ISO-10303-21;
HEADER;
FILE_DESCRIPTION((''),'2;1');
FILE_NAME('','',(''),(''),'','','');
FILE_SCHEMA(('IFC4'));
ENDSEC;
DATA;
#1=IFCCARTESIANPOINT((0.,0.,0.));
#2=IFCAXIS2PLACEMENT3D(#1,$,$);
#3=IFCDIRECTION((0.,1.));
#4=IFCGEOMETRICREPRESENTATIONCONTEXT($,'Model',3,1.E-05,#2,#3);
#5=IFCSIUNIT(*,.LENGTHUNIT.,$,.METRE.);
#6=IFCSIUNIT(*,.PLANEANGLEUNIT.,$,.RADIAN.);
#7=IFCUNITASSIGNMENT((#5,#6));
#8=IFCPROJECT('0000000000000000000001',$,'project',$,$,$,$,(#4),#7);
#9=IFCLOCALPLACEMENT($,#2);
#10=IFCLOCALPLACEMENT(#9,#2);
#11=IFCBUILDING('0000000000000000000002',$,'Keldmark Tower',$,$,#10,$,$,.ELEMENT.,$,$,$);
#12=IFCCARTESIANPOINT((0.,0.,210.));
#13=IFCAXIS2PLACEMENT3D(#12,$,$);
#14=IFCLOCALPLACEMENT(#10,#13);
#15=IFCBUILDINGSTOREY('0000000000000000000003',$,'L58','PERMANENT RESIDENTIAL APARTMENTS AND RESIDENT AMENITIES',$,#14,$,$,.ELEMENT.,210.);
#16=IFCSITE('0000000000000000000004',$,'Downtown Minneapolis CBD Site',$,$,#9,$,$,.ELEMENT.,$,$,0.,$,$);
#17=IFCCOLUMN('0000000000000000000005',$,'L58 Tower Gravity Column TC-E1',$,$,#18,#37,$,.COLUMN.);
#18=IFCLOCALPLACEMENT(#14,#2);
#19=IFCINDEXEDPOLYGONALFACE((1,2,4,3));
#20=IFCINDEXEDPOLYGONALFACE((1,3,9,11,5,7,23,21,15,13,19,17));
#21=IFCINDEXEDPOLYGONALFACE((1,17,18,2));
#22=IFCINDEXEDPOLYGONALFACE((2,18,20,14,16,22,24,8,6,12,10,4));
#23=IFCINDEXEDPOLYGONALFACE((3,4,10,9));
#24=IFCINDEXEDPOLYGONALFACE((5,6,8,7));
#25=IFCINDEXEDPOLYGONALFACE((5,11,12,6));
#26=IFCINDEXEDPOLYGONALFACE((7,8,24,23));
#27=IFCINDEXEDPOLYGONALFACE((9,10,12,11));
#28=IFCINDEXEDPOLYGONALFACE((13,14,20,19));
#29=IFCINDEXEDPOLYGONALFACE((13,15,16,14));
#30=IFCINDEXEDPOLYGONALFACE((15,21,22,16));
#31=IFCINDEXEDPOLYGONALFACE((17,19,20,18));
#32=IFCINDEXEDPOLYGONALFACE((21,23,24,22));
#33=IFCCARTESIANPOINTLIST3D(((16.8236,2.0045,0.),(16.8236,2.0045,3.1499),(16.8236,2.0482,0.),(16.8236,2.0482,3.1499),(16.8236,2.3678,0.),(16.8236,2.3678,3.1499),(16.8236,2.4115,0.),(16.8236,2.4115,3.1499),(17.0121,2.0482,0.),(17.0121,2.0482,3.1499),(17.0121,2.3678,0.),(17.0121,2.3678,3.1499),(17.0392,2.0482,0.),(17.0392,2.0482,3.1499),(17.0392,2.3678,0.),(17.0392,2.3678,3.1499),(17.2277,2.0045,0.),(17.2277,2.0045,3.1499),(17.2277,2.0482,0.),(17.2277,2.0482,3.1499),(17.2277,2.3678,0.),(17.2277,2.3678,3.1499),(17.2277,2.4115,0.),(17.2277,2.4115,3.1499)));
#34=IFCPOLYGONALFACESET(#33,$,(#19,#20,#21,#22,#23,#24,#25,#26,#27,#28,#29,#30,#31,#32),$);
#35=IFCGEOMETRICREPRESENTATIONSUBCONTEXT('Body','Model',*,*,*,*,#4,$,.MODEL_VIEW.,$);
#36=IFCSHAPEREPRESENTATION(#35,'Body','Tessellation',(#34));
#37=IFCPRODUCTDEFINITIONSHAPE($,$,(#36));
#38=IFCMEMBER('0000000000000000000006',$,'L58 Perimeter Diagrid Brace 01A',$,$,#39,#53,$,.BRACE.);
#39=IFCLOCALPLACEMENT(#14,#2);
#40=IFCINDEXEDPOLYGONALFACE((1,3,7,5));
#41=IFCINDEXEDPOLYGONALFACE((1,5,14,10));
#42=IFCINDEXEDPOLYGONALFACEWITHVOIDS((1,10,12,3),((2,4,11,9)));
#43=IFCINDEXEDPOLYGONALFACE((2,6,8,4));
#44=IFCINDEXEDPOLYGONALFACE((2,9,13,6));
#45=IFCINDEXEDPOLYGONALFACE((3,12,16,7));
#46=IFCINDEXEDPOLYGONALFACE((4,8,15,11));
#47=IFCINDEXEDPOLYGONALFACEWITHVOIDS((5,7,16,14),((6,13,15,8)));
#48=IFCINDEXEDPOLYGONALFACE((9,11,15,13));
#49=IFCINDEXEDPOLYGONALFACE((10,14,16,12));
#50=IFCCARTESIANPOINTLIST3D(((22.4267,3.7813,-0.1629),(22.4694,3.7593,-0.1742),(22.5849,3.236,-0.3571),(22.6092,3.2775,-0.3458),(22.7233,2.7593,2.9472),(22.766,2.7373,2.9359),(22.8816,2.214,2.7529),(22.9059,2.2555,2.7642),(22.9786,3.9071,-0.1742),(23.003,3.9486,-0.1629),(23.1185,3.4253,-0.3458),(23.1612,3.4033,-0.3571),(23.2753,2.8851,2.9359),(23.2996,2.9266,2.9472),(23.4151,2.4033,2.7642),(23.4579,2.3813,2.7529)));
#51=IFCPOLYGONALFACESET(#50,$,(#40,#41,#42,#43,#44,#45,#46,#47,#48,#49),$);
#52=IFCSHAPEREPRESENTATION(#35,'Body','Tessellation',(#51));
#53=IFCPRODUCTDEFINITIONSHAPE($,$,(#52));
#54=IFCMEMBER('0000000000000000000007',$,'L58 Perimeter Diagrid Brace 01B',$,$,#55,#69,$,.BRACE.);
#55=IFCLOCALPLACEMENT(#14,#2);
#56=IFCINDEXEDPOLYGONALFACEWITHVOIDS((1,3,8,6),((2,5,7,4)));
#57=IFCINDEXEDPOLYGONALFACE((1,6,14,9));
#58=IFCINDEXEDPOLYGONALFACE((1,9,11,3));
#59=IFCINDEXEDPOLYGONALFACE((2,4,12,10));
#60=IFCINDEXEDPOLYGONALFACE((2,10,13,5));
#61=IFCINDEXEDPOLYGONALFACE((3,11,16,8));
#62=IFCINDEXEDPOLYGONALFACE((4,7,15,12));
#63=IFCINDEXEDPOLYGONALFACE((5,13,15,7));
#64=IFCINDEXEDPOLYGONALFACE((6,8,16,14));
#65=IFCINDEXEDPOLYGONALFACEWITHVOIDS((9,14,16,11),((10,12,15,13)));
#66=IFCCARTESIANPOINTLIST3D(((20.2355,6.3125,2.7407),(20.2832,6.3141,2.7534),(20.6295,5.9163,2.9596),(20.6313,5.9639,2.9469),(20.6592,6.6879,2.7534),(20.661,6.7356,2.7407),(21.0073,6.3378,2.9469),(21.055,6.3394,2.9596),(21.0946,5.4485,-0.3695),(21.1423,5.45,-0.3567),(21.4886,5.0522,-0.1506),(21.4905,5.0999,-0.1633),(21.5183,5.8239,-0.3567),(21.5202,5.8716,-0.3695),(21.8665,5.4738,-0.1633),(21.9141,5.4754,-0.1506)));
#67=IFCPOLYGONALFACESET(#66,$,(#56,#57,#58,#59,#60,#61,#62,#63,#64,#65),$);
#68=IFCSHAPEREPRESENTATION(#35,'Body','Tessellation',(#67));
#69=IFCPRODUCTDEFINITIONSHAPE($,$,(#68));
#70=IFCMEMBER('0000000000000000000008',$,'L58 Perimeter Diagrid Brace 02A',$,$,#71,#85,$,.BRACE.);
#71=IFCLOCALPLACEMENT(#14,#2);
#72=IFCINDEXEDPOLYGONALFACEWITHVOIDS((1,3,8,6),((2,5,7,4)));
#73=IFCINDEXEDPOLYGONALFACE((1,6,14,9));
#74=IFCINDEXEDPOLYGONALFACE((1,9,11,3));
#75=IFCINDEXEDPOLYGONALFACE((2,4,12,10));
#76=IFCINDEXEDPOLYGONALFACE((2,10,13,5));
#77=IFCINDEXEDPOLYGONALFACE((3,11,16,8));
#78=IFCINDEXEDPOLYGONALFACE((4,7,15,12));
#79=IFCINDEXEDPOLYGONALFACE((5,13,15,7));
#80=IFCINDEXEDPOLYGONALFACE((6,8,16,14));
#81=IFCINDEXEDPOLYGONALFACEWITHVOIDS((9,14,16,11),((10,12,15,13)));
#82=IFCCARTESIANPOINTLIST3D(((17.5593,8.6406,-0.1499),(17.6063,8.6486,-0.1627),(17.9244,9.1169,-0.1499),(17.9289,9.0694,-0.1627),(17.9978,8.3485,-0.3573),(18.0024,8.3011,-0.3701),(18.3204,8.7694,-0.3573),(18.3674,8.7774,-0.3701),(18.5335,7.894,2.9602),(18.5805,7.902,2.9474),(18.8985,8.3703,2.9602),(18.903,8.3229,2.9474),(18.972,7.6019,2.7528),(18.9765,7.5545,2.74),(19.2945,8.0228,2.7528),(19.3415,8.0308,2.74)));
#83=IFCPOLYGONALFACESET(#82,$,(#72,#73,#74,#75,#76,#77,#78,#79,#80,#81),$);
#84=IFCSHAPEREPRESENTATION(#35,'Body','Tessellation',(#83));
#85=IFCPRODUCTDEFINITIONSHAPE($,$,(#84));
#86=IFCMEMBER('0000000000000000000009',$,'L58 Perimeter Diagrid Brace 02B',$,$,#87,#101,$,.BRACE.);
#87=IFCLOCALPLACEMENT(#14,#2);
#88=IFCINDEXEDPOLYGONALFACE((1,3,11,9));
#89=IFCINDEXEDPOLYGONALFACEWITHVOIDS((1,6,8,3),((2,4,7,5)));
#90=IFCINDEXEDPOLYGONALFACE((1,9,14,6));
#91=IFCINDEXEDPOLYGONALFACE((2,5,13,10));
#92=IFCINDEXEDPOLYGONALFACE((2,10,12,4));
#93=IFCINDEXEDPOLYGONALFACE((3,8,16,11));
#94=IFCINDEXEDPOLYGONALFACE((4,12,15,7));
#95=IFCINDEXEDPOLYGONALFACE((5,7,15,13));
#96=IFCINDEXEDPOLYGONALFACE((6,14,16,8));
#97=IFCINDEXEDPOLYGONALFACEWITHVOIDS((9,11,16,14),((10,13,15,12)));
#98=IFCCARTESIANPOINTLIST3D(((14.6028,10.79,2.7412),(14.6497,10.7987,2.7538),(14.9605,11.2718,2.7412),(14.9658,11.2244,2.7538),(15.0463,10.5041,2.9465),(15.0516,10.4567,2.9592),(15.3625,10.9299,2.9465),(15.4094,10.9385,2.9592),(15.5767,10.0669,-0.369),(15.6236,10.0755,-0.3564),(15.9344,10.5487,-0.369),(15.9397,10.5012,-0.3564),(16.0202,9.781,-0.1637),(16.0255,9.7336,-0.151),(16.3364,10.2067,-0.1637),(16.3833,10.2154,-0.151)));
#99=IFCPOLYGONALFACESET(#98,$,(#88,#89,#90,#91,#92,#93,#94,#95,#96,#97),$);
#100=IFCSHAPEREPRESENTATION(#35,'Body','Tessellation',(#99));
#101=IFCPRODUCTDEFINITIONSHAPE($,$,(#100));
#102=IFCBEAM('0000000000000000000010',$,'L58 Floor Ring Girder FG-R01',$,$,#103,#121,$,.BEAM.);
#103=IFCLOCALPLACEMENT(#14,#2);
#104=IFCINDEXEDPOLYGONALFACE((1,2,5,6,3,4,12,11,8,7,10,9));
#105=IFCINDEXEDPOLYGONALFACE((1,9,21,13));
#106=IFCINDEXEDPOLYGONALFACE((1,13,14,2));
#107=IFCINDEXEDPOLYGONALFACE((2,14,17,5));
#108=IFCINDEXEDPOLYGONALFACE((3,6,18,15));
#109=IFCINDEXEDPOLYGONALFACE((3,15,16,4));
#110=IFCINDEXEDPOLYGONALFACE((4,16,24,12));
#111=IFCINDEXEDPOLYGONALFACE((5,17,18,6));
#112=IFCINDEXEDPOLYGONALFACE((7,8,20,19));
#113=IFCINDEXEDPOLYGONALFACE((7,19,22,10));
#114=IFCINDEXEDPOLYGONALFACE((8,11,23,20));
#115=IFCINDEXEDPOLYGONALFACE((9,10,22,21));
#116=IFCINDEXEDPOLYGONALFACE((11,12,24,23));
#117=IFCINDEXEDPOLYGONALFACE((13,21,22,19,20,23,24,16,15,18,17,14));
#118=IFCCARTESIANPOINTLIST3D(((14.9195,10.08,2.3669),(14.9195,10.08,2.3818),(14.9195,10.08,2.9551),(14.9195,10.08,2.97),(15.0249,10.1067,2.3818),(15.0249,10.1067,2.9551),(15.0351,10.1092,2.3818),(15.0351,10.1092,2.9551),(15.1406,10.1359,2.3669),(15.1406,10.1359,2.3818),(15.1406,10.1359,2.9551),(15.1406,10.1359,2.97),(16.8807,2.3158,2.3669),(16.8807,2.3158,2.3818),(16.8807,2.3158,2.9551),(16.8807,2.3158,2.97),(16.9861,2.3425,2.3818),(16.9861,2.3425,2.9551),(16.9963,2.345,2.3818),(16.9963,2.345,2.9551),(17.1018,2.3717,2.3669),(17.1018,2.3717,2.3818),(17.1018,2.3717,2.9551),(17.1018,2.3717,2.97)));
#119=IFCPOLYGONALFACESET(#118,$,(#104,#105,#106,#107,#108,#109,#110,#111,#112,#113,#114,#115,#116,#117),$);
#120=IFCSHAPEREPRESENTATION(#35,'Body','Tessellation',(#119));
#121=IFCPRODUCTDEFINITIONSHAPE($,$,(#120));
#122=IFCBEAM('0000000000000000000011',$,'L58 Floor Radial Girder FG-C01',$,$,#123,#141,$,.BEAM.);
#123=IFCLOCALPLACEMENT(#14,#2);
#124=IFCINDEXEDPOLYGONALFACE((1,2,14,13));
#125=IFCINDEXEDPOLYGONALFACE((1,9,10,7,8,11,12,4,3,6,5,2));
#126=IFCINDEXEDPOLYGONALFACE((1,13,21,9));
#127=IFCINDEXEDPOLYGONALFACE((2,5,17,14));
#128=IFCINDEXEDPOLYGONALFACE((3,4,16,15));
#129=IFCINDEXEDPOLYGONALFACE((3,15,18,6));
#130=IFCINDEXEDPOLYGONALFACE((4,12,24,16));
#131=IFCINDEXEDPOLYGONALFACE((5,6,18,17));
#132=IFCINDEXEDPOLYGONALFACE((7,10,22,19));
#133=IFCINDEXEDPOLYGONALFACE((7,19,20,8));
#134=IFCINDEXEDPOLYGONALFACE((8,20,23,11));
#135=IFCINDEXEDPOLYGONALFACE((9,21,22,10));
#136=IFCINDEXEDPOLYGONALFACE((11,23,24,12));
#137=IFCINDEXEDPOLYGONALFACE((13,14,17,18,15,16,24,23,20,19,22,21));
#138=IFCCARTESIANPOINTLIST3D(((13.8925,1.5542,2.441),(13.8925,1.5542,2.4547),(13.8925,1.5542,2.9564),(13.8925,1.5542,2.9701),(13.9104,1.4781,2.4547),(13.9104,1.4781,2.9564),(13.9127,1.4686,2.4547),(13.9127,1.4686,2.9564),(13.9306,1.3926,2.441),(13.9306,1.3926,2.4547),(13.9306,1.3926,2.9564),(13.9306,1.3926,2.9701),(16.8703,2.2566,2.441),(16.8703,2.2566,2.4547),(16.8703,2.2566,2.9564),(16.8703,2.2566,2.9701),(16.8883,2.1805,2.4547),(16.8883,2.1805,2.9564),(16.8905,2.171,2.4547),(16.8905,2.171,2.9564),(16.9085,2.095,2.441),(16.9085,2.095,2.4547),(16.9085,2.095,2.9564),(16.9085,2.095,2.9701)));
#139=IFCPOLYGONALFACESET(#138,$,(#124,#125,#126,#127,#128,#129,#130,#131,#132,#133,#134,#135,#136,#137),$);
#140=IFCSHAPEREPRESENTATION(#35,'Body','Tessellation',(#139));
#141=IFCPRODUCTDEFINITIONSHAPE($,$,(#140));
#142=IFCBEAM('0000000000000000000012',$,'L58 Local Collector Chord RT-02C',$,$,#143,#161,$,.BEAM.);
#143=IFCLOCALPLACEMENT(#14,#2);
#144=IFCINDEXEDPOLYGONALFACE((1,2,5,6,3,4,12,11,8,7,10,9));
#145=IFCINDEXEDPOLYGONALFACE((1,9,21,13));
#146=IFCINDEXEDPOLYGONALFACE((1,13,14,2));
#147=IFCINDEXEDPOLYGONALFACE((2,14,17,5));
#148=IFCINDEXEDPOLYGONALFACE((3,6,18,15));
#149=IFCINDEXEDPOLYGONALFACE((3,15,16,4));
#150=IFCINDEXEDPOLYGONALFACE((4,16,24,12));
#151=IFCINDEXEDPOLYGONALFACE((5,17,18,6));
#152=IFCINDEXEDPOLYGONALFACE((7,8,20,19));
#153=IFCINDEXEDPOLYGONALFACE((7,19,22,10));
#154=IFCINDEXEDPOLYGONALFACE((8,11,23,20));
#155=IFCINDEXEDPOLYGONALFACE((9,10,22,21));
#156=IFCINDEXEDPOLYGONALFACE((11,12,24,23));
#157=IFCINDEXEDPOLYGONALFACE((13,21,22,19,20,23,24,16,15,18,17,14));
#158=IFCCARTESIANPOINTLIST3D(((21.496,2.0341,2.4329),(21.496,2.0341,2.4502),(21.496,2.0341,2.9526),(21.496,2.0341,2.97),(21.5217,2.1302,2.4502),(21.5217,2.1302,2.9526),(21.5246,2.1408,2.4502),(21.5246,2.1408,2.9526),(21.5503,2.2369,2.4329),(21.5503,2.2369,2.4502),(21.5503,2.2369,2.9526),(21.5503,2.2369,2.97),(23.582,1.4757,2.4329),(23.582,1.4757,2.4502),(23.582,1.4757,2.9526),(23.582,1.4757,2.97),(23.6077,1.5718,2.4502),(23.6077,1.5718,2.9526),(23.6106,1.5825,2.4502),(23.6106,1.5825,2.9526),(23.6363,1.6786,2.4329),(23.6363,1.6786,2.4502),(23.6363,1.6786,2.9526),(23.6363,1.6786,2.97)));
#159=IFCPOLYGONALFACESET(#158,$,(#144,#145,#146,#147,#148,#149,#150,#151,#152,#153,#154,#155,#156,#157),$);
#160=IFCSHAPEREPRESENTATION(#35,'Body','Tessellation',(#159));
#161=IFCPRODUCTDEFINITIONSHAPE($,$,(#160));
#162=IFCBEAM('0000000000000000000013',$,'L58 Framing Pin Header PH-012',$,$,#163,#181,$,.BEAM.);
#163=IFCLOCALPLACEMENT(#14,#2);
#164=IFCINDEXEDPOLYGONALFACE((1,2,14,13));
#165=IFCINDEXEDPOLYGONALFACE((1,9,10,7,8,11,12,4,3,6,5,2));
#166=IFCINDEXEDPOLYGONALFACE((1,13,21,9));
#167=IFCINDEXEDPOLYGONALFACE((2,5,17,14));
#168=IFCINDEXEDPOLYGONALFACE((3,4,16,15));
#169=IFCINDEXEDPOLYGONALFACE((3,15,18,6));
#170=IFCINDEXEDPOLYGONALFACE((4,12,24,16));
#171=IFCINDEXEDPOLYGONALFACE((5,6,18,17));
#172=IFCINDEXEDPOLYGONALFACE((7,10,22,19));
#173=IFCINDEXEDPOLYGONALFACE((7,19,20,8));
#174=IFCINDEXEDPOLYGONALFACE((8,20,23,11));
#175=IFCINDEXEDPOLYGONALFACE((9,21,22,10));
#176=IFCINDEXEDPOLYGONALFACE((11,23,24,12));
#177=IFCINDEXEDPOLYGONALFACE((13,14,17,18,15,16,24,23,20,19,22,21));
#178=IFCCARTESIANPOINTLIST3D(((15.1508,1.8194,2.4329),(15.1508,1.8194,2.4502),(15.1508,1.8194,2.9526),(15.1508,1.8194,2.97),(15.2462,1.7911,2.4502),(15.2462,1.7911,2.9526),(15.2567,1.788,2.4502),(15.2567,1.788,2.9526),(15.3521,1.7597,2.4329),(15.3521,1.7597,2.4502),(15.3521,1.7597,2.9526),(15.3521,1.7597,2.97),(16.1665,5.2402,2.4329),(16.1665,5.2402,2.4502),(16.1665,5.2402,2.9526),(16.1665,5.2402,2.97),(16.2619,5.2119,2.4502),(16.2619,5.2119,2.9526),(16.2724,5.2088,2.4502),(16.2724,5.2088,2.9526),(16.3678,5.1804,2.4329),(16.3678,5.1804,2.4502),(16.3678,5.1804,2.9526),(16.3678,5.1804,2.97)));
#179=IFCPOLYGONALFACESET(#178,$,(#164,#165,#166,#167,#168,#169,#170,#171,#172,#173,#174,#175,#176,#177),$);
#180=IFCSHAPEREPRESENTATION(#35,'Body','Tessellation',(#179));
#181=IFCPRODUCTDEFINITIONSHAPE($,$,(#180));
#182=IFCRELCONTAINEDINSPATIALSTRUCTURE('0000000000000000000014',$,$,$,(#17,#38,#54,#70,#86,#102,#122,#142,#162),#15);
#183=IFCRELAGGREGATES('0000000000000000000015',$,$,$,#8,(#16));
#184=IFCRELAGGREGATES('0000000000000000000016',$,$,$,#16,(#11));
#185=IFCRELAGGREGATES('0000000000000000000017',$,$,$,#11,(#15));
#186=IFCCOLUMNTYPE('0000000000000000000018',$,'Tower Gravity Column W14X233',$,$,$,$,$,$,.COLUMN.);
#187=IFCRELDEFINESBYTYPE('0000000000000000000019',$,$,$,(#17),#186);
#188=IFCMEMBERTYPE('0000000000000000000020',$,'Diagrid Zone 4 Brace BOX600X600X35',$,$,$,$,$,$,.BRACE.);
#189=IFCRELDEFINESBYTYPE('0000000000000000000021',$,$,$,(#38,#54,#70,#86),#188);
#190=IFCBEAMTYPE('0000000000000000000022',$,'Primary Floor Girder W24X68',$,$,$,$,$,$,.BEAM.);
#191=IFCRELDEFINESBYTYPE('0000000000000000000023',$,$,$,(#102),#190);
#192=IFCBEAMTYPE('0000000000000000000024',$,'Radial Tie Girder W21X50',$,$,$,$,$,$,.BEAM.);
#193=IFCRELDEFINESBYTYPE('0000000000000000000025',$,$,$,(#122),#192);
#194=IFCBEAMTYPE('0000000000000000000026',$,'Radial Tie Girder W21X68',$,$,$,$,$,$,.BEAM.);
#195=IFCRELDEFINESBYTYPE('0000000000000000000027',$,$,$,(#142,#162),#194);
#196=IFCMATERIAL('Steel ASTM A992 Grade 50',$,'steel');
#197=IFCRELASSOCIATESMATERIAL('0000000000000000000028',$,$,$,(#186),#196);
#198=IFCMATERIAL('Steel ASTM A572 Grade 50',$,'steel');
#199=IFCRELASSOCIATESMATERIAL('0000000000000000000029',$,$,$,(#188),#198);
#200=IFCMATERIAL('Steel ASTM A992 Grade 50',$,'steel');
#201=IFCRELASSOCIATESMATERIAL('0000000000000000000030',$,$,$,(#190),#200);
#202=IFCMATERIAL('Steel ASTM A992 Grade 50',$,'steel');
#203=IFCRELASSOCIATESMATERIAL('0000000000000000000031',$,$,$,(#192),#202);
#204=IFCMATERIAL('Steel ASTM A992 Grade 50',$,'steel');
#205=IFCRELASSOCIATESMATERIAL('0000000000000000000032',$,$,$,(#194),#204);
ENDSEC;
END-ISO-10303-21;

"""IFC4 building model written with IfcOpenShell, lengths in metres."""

from ifc_helpers import new_model, si_unit, direction, frame, origin, origin_2d, place, context, subcontext, project, spatial, hollow_rectangle, i_section, extrude, material, material_profile, profile_set, type_object, element, save


model = new_model("IFC4")

# Units and contexts
model_context = context("Model", 3, precision=1e-05, world=origin(), true_north=direction((0.0, 1.0)))
body_context = subcontext(model_context, "Body", "Model", "MODEL_VIEW")
ifc_project = project(units=[si_unit("LENGTHUNIT", "METRE"), si_unit("PLANEANGLEUNIT", "RADIAN")], contexts=[model_context])

# Site, building, storey
site_placement = place(None, origin())
site = spatial("IfcSite", under=ifc_project, at=site_placement, Name="Downtown Minneapolis CBD Site", CompositionType="ELEMENT", RefElevation=0.0)
building_placement = place(site_placement, origin())
building = spatial("IfcBuilding", under=site, at=building_placement, Name="Keldmark Tower", CompositionType="ELEMENT")
storey_placement = place(building_placement, frame((0.0, 0.0, 210.0)))
storey = spatial("IfcBuildingStorey", under=building, at=storey_placement, Name="L58", Description="PERMANENT RESIDENTIAL APARTMENTS AND RESIDENT AMENITIES", CompositionType="ELEMENT", Elevation=210.0)

# Column
ifc_material_1 = material(Name="Steel ASTM A992 Grade 50", Category="steel")
ifc_material_profile_1 = material_profile(ifc_material_1, i_section(OverallWidth=0.4041, OverallDepth=0.407, WebThickness=0.0271, FlangeThickness=0.0437, at=origin_2d()), Name="W14X233")
ifc_profile_set_1 = profile_set([ifc_material_profile_1], Name="Steel ASTM A992 Grade 50")
column_type = type_object("IfcColumnType", Name="Tower Gravity Column W14X233", PredefinedType="COLUMN", material=ifc_profile_set_1)
column_placement = place(storey_placement, frame((17.0256, 2.208, 0.0), z_axis=(0.0, 0.0, 1.0), x_axis=(1.0, 0.0, 0.0)))
element("IfcColumn", 1, at=column_placement, inside=storey, type_object=column_type, Name="L58 Tower Gravity Column TC-E1", PredefinedType="COLUMN", context=body_context, shape_type="SweptSolid", body=[
    extrude(i_section(OverallWidth=0.4041, OverallDepth=0.407, WebThickness=0.0271, FlangeThickness=0.0437, at=origin_2d()), origin(), (0.0, 0.0, 1.0), 3.1499),
])

# Members
ifc_material_2 = material(Name="Steel ASTM A572 Grade 50", Category="steel")
ifc_material_profile_2 = material_profile(ifc_material_2, hollow_rectangle(XDim=0.6001, YDim=0.6001, WallThickness=0.0349, at=origin_2d()), Name="BOX600X600X35")
ifc_profile_set_2 = profile_set([ifc_material_profile_2], Name="Steel ASTM A572 Grade 50")
member_type = type_object("IfcMemberType", Name="Diagrid Zone 4 Brace BOX600X600X35", PredefinedType="BRACE", material=ifc_profile_set_2)
member_1_placement = place(storey_placement, frame((22.7939, 3.5923, -0.26), z_axis=(0.09024, -0.310902, 0.946148), x_axis=(0.960364, 0.278749, 0.0)))
element("IfcMember", 2, at=member_1_placement, inside=storey, type_object=member_type, Name="L58 Perimeter Diagrid Brace 01A", PredefinedType="BRACE", context=body_context, shape_type="SweptSolid", body=[
    extrude(hollow_rectangle(XDim=0.6001, YDim=0.6001, WallThickness=0.0349, at=origin_2d()), origin(), (0.0, 0.0, 1.0), 3.2871),
])
member_2_placement = place(storey_placement, frame((21.5044, 5.4619, -0.26), z_axis=(-0.257204, 0.258666, 0.931095), x_axis=(-0.709108, -0.7051, 0.0)))
element("IfcMember", 3, at=member_2_placement, inside=storey, type_object=member_type, Name="L58 Perimeter Diagrid Brace 01B", PredefinedType="BRACE", context=body_context, shape_type="SweptSolid", body=[
    extrude(hollow_rectangle(XDim=0.6001, YDim=0.6001, WallThickness=0.0349, at=origin_2d()), origin(), (0.0, 0.0, 1.0), 3.3403),
])
member_3_placement = place(storey_placement, frame((17.9634, 8.709, -0.26), z_axis=(0.291347, -0.223293, 0.930192), x_axis=(0.608306, 0.793702, 0.0)))
element("IfcMember", 4, at=member_3_placement, inside=storey, type_object=member_type, Name="L58 Perimeter Diagrid Brace 02A", PredefinedType="BRACE", context=body_context, shape_type="SweptSolid", body=[
    extrude(hollow_rectangle(XDim=0.6001, YDim=0.6001, WallThickness=0.0349, at=origin_2d()), origin(), (0.0, 0.0, 1.0), 3.3435),
])
member_4_placement = place(storey_placement, frame((15.98, 10.1411, -0.26), z_axis=(-0.29173, 0.216622, 0.931648), x_axis=(-0.596161, -0.802865, 0.0)))
element("IfcMember", 5, at=member_4_placement, inside=storey, type_object=member_type, Name="L58 Perimeter Diagrid Brace 02B", PredefinedType="BRACE", context=body_context, shape_type="SweptSolid", body=[
    extrude(hollow_rectangle(XDim=0.6001, YDim=0.6001, WallThickness=0.0349, at=origin_2d()), origin(), (0.0, 0.0, 1.0), 3.3384),
])

# Beams
ifc_material_3 = material(Name="Steel ASTM A992 Grade 50", Category="steel")
ifc_material_profile_3 = material_profile(ifc_material_3, i_section(OverallWidth=0.228, OverallDepth=0.603, WebThickness=0.0105, FlangeThickness=0.0149, at=origin_2d()), Name="W24X68")
ifc_profile_set_3 = profile_set([ifc_material_profile_3], Name="Steel ASTM A992 Grade 50")
beam_type_1 = type_object("IfcBeamType", Name="Primary Floor Girder W24X68", PredefinedType="BEAM", material=ifc_profile_set_3)
beam_1_placement = place(storey_placement, frame((16.9912, 2.3438, 2.6685), z_axis=(-0.244902, 0.969548, 0.0), x_axis=(-0.969548, -0.244902, 0.0)))
element("IfcBeam", 6, at=beam_1_placement, inside=storey, type_object=beam_type_1, Name="L58 Floor Ring Girder FG-R01", PredefinedType="BEAM", context=body_context, shape_type="SweptSolid", body=[
    extrude(i_section(OverallWidth=0.228, OverallDepth=0.603, WebThickness=0.0105, FlangeThickness=0.0149, at=origin_2d()), origin(), (0.0, 0.0, 1.0), 8.0081),
])
ifc_material_4 = material(Name="Steel ASTM A992 Grade 50", Category="steel")
ifc_material_profile_4 = material_profile(ifc_material_4, i_section(OverallWidth=0.166, OverallDepth=0.5291, WebThickness=0.0098, FlangeThickness=0.0137, at=origin_2d()), Name="W21X50")
ifc_profile_set_4 = profile_set([ifc_material_profile_4], Name="Steel ASTM A992 Grade 50")
beam_type_2 = type_object("IfcBeamType", Name="Radial Tie Girder W21X50", PredefinedType="BEAM", material=ifc_profile_set_4)
beam_2_placement = place(storey_placement, frame((16.8894, 2.1758, 2.7056), z_axis=(-0.97329, -0.229577, 0.0), x_axis=(0.229577, -0.97329, 0.0)))
element("IfcBeam", 7, at=beam_2_placement, inside=storey, type_object=beam_type_2, Name="L58 Floor Radial Girder FG-C01", PredefinedType="BEAM", context=body_context, shape_type="SweptSolid", body=[
    extrude(i_section(OverallWidth=0.166, OverallDepth=0.5291, WebThickness=0.0098, FlangeThickness=0.0137, at=origin_2d()), origin(), (0.0, 0.0, 1.0), 3.0596),
])
ifc_material_5 = material(Name="Steel ASTM A992 Grade 50", Category="steel")
ifc_material_profile_5 = material_profile(ifc_material_5, i_section(OverallWidth=0.21, OverallDepth=0.5371, WebThickness=0.011, FlangeThickness=0.0173, at=origin_2d()), Name="W21X68")
ifc_profile_set_5 = profile_set([ifc_material_profile_5], Name="Steel ASTM A992 Grade 50")
beam_type_3 = type_object("IfcBeamType", Name="Radial Tie Girder W21X68", PredefinedType="BEAM", material=ifc_profile_set_5)
beam_3_placement = place(storey_placement, frame((23.6091, 1.5771, 2.7014), z_axis=(-0.965992, 0.25857, 0.0), x_axis=(-0.25857, -0.965992, 0.0)))
element("IfcBeam", 8, at=beam_3_placement, inside=storey, type_object=beam_type_3, Name="L58 Local Collector Chord RT-02C", PredefinedType="BEAM", context=body_context, shape_type="SweptSolid", body=[
    extrude(i_section(OverallWidth=0.21, OverallDepth=0.5371, WebThickness=0.011, FlangeThickness=0.0173, at=origin_2d()), origin(), (0.0, 0.0, 1.0), 2.1594),
])
beam_4_placement = place(storey_placement, frame((15.2515, 1.7896, 2.7014), z_axis=(0.284629, 0.958638, 0.0), x_axis=(-0.958638, 0.284629, 0.0)))
element("IfcBeam", 9, at=beam_4_placement, inside=storey, type_object=beam_type_3, Name="L58 Framing Pin Header PH-012", PredefinedType="BEAM", context=body_context, shape_type="SweptSolid", body=[
    extrude(i_section(OverallWidth=0.21, OverallDepth=0.5371, WebThickness=0.011, FlangeThickness=0.0173, at=origin_2d()), origin(), (0.0, 0.0, 1.0), 3.5684),
])

save(model, "model.ifc")
